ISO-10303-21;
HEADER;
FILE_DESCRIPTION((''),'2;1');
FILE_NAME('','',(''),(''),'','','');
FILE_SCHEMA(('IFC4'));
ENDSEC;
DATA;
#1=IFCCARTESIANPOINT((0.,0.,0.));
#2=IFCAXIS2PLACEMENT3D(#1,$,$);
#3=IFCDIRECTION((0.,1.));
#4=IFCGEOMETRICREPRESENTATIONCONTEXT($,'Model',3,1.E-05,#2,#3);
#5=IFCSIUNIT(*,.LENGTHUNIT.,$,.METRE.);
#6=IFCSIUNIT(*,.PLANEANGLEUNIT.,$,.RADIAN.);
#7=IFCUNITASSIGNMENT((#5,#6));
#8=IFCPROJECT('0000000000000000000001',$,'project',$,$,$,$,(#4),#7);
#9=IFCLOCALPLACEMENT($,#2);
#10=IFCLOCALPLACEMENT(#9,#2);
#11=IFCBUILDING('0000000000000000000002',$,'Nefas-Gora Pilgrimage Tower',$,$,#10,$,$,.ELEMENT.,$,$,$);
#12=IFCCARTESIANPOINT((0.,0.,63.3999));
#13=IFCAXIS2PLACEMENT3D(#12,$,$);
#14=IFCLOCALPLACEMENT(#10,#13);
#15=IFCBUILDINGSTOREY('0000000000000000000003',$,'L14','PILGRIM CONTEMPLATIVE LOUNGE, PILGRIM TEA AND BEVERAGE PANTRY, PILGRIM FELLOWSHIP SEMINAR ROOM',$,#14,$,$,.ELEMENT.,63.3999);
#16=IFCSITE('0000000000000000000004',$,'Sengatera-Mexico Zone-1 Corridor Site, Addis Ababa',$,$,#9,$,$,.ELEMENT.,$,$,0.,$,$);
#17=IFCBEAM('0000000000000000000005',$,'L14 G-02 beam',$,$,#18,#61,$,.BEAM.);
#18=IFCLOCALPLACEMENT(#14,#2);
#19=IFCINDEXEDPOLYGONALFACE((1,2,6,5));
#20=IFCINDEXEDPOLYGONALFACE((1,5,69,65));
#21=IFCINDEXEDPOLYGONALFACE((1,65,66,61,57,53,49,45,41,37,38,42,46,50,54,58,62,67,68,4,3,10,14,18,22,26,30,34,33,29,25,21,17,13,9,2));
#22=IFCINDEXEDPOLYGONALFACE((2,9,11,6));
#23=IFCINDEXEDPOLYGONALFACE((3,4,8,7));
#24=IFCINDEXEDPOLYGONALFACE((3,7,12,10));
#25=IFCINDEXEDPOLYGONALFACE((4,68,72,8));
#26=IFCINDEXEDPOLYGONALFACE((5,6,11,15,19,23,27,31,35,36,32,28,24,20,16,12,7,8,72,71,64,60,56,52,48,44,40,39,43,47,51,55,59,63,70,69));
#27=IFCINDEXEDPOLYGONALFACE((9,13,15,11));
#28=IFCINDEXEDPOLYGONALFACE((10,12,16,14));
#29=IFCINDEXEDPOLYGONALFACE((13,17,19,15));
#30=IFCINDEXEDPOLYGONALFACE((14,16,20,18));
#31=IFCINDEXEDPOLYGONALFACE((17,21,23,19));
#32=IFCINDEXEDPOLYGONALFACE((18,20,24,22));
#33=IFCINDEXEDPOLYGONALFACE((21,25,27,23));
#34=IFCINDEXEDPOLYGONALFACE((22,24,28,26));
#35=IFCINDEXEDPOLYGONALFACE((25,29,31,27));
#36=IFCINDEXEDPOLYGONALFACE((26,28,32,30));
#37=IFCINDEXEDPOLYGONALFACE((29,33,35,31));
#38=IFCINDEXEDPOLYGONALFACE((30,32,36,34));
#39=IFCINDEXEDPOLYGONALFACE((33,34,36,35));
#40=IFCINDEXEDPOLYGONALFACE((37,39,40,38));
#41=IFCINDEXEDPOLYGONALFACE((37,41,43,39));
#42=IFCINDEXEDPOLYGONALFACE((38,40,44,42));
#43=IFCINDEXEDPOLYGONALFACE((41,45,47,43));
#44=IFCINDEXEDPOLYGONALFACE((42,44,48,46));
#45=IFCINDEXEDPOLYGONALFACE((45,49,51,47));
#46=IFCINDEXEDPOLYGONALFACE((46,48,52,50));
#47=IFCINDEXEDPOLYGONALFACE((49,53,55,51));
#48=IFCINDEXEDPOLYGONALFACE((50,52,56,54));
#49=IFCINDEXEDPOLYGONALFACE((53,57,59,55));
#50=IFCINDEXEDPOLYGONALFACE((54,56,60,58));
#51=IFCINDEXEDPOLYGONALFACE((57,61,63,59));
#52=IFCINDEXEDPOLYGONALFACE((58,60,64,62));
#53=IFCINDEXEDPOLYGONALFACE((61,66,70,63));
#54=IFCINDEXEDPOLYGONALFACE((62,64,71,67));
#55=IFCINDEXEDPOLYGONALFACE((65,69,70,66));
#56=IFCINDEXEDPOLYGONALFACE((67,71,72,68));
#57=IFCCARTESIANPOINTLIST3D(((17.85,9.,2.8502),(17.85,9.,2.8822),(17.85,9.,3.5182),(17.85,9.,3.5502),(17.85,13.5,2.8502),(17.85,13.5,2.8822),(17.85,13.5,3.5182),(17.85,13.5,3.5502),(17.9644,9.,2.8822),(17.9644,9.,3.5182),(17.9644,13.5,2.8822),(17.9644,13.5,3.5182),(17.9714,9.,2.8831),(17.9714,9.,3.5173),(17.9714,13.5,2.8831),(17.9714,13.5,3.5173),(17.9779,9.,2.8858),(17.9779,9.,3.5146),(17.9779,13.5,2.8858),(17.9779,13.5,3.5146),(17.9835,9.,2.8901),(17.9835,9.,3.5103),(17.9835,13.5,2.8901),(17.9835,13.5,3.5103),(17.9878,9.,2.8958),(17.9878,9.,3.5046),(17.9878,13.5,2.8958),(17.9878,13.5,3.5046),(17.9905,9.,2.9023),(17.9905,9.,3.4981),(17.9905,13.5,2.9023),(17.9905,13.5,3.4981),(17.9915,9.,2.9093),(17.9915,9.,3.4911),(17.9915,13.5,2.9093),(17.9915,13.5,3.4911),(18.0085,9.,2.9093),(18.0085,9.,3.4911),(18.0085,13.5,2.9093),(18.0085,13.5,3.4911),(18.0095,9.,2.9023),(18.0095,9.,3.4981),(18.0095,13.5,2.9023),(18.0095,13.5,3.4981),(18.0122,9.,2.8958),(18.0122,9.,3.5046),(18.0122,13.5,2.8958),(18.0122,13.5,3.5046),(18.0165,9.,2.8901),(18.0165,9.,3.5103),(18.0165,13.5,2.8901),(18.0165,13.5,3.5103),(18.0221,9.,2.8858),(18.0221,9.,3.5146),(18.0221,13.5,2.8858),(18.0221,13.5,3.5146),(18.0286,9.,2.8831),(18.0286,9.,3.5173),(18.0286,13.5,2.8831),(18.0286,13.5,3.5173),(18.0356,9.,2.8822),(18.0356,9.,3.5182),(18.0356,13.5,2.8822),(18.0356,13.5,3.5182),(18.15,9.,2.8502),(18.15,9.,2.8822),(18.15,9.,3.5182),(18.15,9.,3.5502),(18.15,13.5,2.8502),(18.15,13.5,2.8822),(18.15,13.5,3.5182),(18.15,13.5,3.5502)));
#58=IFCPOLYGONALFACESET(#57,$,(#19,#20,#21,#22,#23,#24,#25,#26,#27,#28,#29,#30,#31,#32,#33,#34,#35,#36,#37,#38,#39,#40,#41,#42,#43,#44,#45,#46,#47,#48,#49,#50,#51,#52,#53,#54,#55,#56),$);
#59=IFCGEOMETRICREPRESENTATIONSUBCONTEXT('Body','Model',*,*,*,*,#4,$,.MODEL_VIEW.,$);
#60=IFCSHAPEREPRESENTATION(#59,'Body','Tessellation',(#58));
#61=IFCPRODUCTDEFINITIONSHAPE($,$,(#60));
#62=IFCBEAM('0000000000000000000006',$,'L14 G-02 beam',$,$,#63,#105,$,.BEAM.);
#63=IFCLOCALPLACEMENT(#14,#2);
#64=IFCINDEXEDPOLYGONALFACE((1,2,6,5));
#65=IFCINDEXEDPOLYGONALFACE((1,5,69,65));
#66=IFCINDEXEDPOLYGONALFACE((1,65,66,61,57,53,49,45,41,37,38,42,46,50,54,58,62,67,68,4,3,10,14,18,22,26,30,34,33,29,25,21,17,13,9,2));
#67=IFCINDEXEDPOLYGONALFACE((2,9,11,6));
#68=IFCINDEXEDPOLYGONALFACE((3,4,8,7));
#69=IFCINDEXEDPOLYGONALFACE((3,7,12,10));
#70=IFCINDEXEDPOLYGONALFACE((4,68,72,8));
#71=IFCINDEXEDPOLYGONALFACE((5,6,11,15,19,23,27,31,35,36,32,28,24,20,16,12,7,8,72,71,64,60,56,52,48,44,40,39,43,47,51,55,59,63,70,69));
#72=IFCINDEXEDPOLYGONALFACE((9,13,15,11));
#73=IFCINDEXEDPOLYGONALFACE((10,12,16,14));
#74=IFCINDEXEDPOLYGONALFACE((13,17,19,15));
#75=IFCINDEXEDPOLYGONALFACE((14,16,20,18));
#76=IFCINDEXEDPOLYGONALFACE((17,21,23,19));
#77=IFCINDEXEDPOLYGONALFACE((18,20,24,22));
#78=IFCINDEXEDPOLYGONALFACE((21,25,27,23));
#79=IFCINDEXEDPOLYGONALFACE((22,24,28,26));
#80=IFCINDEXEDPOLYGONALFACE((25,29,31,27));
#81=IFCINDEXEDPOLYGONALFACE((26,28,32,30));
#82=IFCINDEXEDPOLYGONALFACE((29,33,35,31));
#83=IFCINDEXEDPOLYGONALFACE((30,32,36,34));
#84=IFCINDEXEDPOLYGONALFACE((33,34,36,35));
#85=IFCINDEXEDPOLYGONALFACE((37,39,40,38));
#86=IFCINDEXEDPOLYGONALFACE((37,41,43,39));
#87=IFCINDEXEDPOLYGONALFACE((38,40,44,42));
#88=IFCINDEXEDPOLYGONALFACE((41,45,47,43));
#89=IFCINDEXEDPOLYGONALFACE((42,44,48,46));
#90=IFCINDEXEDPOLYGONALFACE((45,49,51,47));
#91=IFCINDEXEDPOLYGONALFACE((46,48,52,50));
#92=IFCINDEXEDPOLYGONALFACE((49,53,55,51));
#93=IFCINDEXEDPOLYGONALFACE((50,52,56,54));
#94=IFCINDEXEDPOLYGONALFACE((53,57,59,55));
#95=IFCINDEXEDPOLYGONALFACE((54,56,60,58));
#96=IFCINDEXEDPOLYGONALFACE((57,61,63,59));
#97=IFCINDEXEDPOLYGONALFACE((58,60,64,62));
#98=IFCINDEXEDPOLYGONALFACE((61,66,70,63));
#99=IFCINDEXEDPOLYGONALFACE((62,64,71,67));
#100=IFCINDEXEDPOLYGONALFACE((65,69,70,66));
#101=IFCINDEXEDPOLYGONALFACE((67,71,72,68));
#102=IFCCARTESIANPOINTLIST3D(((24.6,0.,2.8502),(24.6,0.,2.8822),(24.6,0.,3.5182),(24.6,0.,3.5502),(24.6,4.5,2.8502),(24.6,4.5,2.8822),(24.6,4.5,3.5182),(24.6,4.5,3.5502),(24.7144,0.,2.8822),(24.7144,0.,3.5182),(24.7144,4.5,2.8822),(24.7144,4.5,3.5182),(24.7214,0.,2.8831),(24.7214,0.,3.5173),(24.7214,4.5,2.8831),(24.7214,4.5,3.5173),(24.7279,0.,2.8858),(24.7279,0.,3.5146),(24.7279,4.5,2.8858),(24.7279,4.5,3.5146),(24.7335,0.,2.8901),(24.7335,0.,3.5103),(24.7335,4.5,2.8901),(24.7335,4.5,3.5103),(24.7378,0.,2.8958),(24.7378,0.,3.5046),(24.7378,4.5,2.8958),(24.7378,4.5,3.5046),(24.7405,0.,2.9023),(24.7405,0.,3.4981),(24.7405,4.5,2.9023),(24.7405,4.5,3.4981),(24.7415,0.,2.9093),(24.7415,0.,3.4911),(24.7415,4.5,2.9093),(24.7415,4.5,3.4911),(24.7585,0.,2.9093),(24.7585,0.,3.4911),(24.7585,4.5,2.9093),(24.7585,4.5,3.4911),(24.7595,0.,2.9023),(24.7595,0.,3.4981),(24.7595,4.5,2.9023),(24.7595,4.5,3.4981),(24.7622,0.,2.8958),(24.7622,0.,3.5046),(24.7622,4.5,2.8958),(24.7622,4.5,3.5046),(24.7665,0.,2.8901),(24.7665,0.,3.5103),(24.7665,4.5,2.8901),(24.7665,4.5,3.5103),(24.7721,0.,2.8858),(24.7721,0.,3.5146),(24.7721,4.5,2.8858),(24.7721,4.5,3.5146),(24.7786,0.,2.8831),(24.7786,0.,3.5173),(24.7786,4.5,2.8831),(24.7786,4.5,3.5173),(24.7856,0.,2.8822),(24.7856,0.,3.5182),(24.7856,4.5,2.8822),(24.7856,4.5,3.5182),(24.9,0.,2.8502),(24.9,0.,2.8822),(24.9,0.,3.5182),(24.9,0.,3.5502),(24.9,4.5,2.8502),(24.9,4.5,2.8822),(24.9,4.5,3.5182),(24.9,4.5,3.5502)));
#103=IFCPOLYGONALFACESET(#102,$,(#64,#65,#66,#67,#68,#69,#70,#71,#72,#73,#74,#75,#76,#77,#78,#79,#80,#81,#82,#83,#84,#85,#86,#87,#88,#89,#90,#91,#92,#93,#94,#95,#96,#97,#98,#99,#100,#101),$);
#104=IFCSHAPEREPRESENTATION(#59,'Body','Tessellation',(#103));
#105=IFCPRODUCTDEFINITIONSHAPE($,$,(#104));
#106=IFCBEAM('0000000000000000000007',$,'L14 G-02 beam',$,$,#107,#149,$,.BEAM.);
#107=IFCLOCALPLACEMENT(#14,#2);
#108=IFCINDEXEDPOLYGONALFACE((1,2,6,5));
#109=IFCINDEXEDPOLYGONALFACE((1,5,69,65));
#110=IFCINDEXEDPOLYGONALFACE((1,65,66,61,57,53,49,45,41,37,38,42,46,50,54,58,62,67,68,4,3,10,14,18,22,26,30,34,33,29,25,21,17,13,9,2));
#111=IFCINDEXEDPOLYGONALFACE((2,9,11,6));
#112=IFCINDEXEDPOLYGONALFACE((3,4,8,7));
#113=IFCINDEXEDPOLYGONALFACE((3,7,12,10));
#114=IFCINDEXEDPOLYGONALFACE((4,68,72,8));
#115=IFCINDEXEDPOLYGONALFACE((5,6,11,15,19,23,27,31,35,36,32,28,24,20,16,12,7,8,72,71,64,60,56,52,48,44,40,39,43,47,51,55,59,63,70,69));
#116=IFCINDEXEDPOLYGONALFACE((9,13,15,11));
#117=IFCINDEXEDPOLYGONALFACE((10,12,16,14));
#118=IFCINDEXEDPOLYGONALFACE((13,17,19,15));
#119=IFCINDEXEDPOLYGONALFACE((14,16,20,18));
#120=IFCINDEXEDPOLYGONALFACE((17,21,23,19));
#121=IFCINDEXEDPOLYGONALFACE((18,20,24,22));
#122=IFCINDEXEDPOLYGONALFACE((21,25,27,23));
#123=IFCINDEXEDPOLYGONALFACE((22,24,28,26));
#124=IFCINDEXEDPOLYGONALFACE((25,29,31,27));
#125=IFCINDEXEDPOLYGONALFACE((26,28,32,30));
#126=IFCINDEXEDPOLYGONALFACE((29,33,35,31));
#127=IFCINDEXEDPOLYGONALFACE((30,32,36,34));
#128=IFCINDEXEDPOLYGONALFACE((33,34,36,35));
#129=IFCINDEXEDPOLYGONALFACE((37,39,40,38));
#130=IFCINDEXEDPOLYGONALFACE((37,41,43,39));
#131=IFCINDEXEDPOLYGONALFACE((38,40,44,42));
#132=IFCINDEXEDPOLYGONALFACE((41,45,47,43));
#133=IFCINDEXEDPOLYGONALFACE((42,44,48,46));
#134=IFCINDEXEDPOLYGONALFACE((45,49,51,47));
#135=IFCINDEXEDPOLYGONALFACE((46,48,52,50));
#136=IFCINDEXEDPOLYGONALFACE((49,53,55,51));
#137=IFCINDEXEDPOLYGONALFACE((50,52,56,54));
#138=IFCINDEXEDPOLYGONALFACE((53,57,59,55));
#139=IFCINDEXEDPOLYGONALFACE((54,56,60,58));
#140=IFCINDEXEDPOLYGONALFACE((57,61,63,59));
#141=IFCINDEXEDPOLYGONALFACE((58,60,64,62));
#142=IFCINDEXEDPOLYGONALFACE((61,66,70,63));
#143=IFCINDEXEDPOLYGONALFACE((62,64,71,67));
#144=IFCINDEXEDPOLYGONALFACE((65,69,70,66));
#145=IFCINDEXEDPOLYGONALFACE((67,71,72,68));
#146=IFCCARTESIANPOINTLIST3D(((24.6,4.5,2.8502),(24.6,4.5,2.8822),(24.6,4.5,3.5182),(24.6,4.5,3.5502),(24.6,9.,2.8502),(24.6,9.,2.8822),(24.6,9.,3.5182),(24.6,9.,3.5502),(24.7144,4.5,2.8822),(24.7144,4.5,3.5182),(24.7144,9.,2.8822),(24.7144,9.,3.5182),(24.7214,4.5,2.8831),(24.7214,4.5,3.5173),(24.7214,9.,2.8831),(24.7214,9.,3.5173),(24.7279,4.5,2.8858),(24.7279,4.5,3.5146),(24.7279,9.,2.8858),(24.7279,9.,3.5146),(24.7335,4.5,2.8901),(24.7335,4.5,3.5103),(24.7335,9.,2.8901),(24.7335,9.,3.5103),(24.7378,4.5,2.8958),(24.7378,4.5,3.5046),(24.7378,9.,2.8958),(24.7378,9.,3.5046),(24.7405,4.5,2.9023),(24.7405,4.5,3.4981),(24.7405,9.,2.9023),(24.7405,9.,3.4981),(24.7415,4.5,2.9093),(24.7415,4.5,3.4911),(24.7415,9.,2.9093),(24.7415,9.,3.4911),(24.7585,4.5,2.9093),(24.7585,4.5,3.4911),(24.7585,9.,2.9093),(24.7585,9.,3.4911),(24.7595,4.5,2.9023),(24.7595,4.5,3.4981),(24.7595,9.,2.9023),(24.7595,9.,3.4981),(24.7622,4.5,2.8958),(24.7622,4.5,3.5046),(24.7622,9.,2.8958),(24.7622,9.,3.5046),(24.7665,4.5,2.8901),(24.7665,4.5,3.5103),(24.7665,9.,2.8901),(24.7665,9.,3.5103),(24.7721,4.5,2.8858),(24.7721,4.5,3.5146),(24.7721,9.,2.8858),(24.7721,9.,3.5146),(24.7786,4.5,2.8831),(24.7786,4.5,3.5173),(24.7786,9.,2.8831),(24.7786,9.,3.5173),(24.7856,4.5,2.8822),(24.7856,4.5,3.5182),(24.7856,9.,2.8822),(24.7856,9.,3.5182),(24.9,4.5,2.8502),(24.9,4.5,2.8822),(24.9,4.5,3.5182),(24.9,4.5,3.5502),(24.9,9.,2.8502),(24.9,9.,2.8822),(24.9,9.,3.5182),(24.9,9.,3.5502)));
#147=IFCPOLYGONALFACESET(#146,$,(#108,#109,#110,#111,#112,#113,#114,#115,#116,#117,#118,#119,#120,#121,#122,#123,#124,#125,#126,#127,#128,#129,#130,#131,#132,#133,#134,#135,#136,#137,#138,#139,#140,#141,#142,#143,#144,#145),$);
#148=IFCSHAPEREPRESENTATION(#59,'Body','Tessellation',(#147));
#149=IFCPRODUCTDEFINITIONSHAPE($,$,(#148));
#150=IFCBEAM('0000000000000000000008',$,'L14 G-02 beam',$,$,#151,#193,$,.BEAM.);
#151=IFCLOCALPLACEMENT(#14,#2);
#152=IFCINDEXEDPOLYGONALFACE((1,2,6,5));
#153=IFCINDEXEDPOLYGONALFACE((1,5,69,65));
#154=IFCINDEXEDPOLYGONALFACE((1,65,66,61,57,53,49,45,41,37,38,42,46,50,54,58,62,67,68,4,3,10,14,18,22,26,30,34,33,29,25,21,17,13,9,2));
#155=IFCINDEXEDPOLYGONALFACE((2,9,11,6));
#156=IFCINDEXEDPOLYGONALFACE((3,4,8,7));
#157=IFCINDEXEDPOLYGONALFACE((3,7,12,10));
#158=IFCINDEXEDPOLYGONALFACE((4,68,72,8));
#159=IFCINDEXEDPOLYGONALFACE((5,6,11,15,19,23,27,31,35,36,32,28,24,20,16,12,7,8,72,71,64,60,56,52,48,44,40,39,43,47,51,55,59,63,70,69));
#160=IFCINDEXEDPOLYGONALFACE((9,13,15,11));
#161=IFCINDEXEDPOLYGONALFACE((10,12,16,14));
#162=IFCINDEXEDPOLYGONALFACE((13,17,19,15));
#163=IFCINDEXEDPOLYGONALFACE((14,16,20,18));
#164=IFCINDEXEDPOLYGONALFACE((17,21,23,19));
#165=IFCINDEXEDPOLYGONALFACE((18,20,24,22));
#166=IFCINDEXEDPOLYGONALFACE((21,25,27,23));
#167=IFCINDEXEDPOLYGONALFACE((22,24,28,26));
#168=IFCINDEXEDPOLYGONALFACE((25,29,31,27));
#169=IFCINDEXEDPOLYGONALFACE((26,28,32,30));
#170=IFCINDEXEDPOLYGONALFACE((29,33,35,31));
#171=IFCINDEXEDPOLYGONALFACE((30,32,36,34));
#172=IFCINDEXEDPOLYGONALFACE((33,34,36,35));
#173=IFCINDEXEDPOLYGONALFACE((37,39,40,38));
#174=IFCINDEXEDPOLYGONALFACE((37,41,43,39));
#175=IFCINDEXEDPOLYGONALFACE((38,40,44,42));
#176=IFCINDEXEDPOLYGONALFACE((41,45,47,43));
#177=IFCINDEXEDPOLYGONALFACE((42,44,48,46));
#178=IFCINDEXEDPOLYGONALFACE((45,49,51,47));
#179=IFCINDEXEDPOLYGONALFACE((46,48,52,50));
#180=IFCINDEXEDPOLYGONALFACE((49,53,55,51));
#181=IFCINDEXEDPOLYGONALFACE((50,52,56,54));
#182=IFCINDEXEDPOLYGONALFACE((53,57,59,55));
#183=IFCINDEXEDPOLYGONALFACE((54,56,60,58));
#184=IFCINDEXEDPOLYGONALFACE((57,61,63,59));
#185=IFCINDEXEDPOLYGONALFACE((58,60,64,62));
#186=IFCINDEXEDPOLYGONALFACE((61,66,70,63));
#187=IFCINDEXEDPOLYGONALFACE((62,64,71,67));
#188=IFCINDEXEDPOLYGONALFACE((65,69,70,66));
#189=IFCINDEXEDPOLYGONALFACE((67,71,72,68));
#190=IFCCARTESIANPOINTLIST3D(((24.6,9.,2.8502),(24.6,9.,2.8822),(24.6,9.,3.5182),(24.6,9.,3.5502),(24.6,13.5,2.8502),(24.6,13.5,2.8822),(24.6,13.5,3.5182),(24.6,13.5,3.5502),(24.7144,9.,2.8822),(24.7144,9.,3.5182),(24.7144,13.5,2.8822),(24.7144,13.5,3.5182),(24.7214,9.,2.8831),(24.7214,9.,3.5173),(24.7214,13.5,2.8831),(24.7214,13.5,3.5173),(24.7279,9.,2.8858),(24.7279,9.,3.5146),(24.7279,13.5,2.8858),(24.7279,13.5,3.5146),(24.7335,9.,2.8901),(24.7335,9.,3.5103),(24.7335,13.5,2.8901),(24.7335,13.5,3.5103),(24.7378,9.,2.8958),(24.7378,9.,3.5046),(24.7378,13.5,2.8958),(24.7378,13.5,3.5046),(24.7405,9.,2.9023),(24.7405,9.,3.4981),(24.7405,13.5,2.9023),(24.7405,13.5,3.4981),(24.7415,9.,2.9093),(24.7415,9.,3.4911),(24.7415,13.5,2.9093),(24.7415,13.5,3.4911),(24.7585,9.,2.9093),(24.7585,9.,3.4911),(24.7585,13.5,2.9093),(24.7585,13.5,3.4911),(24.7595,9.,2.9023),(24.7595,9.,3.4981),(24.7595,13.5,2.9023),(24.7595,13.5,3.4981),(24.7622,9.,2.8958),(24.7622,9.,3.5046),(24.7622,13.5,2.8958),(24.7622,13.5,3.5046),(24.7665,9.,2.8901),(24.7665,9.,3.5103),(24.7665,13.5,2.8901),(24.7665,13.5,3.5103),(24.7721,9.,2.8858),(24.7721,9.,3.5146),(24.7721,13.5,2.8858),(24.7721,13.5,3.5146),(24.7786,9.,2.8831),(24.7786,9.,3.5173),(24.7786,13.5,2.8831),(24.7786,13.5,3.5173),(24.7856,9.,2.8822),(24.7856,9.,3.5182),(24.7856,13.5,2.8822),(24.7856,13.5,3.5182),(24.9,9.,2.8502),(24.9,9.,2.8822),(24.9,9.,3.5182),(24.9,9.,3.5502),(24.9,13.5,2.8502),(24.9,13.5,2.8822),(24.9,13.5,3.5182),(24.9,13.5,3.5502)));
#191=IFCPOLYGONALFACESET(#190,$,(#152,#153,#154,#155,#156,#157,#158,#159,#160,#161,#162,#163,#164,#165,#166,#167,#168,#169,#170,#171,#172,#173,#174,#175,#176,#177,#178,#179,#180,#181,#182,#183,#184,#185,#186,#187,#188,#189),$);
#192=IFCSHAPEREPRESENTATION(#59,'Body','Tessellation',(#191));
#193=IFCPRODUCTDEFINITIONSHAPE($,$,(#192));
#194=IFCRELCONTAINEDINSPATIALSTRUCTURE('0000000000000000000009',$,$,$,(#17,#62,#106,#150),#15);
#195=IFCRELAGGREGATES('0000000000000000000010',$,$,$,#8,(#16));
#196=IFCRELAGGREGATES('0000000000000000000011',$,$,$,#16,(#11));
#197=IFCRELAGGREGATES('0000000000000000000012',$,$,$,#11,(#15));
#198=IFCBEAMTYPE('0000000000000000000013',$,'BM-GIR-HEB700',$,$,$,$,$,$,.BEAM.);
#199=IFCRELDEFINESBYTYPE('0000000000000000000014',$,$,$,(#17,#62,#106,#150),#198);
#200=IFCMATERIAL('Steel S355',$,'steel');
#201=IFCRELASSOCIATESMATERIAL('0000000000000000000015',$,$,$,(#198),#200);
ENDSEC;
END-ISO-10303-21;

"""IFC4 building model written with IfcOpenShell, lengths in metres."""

from ifc_helpers import new_model, si_unit, direction, frame, origin, origin_2d, place, context, subcontext, project, spatial, i_section, extrude, source, transform, mapped, material, material_profile, profile_set, type_object, element, save


model = new_model("IFC4")

# Units and contexts
model_context = context("Model", 3, precision=1e-05, world=origin(), true_north=direction((0.0, 1.0)))
body_context = subcontext(model_context, "Body", "Model", "MODEL_VIEW")
ifc_project = project(units=[si_unit("LENGTHUNIT", "METRE"), si_unit("PLANEANGLEUNIT", "RADIAN")], contexts=[model_context])

# Site, building, storey
site_placement = place(None, origin())
site = spatial("IfcSite", under=ifc_project, at=site_placement, Name="Sengatera-Mexico Zone-1 Corridor Site, Addis Ababa", CompositionType="ELEMENT", RefElevation=0.0)
building_placement = place(site_placement, origin())
building = spatial("IfcBuilding", under=site, at=building_placement, Name="Nefas-Gora Pilgrimage Tower", CompositionType="ELEMENT")
storey_placement = place(building_placement, frame((0.0, 0.0, 63.3999)))
storey = spatial("IfcBuildingStorey", under=building, at=storey_placement, Name="L14", Description="PILGRIM CONTEMPLATIVE LOUNGE, PILGRIM TEA AND BEVERAGE PANTRY, PILGRIM FELLOWSHIP SEMINAR ROOM", CompositionType="ELEMENT", Elevation=63.3999)

# Beams
ifc_material_1 = material(Name="Steel S355", Category="steel")
ifc_material_profile_1 = material_profile(ifc_material_1, i_section(OverallWidth=0.3, OverallDepth=0.7, WebThickness=0.0171, FlangeThickness=0.032, FilletRadius=0.0271, at=origin_2d()), Name="HEB 700")
ifc_profile_set_1 = profile_set([ifc_material_profile_1], Name="Steel S355")
beam_type_1 = type_object("IfcBeamType", Name="BM-GIR-HEB700", PredefinedType="BEAM", material=ifc_profile_set_1)
shared_shape_1 = source(origin(), body_context, "Body", "SweptSolid", [
    extrude(i_section(OverallWidth=0.3, OverallDepth=0.7, WebThickness=0.0171, FlangeThickness=0.032, FilletRadius=0.0271, at=origin_2d()), origin(), (0.0, 0.0, 1.0), 4.5),
])
for number, where, z_axis, x_axis, name in (
    (1, (18.0, 9.0, 3.2002), (0.0, 1.0, 0.0), (-1.0, 0.0, 0.0), "L14 G-02 beam"),
    (2, (24.75, 0.0, 3.2002), (0.0, 1.0, 0.0), (-1.0, 0.0, 0.0), "L14 G-02 beam"),
    (3, (24.75, 4.5, 3.2002), (0.0, 1.0, 0.0), (-1.0, 0.0, 0.0), "L14 G-02 beam"),
    (4, (24.75, 9.0, 3.2002), (0.0, 1.0, 0.0), (-1.0, 0.0, 0.0), "L14 G-02 beam"),
):
    element("IfcBeam", number, at=place(storey_placement, frame(where, z_axis=z_axis, x_axis=x_axis)), inside=storey, type_object=beam_type_1, Name=name, PredefinedType="BEAM", context=body_context, shape_type="MappedRepresentation", body=[
        mapped(shared_shape_1, transform((0.0, 0.0, 0.0), x_axis=(1.0, 0.0, 0.0), y_axis=(0.0, 1.0, 0.0), z_axis=(0.0, 0.0, 1.0), scale=1.0)),
    ])

save(model, "model.ifc")
